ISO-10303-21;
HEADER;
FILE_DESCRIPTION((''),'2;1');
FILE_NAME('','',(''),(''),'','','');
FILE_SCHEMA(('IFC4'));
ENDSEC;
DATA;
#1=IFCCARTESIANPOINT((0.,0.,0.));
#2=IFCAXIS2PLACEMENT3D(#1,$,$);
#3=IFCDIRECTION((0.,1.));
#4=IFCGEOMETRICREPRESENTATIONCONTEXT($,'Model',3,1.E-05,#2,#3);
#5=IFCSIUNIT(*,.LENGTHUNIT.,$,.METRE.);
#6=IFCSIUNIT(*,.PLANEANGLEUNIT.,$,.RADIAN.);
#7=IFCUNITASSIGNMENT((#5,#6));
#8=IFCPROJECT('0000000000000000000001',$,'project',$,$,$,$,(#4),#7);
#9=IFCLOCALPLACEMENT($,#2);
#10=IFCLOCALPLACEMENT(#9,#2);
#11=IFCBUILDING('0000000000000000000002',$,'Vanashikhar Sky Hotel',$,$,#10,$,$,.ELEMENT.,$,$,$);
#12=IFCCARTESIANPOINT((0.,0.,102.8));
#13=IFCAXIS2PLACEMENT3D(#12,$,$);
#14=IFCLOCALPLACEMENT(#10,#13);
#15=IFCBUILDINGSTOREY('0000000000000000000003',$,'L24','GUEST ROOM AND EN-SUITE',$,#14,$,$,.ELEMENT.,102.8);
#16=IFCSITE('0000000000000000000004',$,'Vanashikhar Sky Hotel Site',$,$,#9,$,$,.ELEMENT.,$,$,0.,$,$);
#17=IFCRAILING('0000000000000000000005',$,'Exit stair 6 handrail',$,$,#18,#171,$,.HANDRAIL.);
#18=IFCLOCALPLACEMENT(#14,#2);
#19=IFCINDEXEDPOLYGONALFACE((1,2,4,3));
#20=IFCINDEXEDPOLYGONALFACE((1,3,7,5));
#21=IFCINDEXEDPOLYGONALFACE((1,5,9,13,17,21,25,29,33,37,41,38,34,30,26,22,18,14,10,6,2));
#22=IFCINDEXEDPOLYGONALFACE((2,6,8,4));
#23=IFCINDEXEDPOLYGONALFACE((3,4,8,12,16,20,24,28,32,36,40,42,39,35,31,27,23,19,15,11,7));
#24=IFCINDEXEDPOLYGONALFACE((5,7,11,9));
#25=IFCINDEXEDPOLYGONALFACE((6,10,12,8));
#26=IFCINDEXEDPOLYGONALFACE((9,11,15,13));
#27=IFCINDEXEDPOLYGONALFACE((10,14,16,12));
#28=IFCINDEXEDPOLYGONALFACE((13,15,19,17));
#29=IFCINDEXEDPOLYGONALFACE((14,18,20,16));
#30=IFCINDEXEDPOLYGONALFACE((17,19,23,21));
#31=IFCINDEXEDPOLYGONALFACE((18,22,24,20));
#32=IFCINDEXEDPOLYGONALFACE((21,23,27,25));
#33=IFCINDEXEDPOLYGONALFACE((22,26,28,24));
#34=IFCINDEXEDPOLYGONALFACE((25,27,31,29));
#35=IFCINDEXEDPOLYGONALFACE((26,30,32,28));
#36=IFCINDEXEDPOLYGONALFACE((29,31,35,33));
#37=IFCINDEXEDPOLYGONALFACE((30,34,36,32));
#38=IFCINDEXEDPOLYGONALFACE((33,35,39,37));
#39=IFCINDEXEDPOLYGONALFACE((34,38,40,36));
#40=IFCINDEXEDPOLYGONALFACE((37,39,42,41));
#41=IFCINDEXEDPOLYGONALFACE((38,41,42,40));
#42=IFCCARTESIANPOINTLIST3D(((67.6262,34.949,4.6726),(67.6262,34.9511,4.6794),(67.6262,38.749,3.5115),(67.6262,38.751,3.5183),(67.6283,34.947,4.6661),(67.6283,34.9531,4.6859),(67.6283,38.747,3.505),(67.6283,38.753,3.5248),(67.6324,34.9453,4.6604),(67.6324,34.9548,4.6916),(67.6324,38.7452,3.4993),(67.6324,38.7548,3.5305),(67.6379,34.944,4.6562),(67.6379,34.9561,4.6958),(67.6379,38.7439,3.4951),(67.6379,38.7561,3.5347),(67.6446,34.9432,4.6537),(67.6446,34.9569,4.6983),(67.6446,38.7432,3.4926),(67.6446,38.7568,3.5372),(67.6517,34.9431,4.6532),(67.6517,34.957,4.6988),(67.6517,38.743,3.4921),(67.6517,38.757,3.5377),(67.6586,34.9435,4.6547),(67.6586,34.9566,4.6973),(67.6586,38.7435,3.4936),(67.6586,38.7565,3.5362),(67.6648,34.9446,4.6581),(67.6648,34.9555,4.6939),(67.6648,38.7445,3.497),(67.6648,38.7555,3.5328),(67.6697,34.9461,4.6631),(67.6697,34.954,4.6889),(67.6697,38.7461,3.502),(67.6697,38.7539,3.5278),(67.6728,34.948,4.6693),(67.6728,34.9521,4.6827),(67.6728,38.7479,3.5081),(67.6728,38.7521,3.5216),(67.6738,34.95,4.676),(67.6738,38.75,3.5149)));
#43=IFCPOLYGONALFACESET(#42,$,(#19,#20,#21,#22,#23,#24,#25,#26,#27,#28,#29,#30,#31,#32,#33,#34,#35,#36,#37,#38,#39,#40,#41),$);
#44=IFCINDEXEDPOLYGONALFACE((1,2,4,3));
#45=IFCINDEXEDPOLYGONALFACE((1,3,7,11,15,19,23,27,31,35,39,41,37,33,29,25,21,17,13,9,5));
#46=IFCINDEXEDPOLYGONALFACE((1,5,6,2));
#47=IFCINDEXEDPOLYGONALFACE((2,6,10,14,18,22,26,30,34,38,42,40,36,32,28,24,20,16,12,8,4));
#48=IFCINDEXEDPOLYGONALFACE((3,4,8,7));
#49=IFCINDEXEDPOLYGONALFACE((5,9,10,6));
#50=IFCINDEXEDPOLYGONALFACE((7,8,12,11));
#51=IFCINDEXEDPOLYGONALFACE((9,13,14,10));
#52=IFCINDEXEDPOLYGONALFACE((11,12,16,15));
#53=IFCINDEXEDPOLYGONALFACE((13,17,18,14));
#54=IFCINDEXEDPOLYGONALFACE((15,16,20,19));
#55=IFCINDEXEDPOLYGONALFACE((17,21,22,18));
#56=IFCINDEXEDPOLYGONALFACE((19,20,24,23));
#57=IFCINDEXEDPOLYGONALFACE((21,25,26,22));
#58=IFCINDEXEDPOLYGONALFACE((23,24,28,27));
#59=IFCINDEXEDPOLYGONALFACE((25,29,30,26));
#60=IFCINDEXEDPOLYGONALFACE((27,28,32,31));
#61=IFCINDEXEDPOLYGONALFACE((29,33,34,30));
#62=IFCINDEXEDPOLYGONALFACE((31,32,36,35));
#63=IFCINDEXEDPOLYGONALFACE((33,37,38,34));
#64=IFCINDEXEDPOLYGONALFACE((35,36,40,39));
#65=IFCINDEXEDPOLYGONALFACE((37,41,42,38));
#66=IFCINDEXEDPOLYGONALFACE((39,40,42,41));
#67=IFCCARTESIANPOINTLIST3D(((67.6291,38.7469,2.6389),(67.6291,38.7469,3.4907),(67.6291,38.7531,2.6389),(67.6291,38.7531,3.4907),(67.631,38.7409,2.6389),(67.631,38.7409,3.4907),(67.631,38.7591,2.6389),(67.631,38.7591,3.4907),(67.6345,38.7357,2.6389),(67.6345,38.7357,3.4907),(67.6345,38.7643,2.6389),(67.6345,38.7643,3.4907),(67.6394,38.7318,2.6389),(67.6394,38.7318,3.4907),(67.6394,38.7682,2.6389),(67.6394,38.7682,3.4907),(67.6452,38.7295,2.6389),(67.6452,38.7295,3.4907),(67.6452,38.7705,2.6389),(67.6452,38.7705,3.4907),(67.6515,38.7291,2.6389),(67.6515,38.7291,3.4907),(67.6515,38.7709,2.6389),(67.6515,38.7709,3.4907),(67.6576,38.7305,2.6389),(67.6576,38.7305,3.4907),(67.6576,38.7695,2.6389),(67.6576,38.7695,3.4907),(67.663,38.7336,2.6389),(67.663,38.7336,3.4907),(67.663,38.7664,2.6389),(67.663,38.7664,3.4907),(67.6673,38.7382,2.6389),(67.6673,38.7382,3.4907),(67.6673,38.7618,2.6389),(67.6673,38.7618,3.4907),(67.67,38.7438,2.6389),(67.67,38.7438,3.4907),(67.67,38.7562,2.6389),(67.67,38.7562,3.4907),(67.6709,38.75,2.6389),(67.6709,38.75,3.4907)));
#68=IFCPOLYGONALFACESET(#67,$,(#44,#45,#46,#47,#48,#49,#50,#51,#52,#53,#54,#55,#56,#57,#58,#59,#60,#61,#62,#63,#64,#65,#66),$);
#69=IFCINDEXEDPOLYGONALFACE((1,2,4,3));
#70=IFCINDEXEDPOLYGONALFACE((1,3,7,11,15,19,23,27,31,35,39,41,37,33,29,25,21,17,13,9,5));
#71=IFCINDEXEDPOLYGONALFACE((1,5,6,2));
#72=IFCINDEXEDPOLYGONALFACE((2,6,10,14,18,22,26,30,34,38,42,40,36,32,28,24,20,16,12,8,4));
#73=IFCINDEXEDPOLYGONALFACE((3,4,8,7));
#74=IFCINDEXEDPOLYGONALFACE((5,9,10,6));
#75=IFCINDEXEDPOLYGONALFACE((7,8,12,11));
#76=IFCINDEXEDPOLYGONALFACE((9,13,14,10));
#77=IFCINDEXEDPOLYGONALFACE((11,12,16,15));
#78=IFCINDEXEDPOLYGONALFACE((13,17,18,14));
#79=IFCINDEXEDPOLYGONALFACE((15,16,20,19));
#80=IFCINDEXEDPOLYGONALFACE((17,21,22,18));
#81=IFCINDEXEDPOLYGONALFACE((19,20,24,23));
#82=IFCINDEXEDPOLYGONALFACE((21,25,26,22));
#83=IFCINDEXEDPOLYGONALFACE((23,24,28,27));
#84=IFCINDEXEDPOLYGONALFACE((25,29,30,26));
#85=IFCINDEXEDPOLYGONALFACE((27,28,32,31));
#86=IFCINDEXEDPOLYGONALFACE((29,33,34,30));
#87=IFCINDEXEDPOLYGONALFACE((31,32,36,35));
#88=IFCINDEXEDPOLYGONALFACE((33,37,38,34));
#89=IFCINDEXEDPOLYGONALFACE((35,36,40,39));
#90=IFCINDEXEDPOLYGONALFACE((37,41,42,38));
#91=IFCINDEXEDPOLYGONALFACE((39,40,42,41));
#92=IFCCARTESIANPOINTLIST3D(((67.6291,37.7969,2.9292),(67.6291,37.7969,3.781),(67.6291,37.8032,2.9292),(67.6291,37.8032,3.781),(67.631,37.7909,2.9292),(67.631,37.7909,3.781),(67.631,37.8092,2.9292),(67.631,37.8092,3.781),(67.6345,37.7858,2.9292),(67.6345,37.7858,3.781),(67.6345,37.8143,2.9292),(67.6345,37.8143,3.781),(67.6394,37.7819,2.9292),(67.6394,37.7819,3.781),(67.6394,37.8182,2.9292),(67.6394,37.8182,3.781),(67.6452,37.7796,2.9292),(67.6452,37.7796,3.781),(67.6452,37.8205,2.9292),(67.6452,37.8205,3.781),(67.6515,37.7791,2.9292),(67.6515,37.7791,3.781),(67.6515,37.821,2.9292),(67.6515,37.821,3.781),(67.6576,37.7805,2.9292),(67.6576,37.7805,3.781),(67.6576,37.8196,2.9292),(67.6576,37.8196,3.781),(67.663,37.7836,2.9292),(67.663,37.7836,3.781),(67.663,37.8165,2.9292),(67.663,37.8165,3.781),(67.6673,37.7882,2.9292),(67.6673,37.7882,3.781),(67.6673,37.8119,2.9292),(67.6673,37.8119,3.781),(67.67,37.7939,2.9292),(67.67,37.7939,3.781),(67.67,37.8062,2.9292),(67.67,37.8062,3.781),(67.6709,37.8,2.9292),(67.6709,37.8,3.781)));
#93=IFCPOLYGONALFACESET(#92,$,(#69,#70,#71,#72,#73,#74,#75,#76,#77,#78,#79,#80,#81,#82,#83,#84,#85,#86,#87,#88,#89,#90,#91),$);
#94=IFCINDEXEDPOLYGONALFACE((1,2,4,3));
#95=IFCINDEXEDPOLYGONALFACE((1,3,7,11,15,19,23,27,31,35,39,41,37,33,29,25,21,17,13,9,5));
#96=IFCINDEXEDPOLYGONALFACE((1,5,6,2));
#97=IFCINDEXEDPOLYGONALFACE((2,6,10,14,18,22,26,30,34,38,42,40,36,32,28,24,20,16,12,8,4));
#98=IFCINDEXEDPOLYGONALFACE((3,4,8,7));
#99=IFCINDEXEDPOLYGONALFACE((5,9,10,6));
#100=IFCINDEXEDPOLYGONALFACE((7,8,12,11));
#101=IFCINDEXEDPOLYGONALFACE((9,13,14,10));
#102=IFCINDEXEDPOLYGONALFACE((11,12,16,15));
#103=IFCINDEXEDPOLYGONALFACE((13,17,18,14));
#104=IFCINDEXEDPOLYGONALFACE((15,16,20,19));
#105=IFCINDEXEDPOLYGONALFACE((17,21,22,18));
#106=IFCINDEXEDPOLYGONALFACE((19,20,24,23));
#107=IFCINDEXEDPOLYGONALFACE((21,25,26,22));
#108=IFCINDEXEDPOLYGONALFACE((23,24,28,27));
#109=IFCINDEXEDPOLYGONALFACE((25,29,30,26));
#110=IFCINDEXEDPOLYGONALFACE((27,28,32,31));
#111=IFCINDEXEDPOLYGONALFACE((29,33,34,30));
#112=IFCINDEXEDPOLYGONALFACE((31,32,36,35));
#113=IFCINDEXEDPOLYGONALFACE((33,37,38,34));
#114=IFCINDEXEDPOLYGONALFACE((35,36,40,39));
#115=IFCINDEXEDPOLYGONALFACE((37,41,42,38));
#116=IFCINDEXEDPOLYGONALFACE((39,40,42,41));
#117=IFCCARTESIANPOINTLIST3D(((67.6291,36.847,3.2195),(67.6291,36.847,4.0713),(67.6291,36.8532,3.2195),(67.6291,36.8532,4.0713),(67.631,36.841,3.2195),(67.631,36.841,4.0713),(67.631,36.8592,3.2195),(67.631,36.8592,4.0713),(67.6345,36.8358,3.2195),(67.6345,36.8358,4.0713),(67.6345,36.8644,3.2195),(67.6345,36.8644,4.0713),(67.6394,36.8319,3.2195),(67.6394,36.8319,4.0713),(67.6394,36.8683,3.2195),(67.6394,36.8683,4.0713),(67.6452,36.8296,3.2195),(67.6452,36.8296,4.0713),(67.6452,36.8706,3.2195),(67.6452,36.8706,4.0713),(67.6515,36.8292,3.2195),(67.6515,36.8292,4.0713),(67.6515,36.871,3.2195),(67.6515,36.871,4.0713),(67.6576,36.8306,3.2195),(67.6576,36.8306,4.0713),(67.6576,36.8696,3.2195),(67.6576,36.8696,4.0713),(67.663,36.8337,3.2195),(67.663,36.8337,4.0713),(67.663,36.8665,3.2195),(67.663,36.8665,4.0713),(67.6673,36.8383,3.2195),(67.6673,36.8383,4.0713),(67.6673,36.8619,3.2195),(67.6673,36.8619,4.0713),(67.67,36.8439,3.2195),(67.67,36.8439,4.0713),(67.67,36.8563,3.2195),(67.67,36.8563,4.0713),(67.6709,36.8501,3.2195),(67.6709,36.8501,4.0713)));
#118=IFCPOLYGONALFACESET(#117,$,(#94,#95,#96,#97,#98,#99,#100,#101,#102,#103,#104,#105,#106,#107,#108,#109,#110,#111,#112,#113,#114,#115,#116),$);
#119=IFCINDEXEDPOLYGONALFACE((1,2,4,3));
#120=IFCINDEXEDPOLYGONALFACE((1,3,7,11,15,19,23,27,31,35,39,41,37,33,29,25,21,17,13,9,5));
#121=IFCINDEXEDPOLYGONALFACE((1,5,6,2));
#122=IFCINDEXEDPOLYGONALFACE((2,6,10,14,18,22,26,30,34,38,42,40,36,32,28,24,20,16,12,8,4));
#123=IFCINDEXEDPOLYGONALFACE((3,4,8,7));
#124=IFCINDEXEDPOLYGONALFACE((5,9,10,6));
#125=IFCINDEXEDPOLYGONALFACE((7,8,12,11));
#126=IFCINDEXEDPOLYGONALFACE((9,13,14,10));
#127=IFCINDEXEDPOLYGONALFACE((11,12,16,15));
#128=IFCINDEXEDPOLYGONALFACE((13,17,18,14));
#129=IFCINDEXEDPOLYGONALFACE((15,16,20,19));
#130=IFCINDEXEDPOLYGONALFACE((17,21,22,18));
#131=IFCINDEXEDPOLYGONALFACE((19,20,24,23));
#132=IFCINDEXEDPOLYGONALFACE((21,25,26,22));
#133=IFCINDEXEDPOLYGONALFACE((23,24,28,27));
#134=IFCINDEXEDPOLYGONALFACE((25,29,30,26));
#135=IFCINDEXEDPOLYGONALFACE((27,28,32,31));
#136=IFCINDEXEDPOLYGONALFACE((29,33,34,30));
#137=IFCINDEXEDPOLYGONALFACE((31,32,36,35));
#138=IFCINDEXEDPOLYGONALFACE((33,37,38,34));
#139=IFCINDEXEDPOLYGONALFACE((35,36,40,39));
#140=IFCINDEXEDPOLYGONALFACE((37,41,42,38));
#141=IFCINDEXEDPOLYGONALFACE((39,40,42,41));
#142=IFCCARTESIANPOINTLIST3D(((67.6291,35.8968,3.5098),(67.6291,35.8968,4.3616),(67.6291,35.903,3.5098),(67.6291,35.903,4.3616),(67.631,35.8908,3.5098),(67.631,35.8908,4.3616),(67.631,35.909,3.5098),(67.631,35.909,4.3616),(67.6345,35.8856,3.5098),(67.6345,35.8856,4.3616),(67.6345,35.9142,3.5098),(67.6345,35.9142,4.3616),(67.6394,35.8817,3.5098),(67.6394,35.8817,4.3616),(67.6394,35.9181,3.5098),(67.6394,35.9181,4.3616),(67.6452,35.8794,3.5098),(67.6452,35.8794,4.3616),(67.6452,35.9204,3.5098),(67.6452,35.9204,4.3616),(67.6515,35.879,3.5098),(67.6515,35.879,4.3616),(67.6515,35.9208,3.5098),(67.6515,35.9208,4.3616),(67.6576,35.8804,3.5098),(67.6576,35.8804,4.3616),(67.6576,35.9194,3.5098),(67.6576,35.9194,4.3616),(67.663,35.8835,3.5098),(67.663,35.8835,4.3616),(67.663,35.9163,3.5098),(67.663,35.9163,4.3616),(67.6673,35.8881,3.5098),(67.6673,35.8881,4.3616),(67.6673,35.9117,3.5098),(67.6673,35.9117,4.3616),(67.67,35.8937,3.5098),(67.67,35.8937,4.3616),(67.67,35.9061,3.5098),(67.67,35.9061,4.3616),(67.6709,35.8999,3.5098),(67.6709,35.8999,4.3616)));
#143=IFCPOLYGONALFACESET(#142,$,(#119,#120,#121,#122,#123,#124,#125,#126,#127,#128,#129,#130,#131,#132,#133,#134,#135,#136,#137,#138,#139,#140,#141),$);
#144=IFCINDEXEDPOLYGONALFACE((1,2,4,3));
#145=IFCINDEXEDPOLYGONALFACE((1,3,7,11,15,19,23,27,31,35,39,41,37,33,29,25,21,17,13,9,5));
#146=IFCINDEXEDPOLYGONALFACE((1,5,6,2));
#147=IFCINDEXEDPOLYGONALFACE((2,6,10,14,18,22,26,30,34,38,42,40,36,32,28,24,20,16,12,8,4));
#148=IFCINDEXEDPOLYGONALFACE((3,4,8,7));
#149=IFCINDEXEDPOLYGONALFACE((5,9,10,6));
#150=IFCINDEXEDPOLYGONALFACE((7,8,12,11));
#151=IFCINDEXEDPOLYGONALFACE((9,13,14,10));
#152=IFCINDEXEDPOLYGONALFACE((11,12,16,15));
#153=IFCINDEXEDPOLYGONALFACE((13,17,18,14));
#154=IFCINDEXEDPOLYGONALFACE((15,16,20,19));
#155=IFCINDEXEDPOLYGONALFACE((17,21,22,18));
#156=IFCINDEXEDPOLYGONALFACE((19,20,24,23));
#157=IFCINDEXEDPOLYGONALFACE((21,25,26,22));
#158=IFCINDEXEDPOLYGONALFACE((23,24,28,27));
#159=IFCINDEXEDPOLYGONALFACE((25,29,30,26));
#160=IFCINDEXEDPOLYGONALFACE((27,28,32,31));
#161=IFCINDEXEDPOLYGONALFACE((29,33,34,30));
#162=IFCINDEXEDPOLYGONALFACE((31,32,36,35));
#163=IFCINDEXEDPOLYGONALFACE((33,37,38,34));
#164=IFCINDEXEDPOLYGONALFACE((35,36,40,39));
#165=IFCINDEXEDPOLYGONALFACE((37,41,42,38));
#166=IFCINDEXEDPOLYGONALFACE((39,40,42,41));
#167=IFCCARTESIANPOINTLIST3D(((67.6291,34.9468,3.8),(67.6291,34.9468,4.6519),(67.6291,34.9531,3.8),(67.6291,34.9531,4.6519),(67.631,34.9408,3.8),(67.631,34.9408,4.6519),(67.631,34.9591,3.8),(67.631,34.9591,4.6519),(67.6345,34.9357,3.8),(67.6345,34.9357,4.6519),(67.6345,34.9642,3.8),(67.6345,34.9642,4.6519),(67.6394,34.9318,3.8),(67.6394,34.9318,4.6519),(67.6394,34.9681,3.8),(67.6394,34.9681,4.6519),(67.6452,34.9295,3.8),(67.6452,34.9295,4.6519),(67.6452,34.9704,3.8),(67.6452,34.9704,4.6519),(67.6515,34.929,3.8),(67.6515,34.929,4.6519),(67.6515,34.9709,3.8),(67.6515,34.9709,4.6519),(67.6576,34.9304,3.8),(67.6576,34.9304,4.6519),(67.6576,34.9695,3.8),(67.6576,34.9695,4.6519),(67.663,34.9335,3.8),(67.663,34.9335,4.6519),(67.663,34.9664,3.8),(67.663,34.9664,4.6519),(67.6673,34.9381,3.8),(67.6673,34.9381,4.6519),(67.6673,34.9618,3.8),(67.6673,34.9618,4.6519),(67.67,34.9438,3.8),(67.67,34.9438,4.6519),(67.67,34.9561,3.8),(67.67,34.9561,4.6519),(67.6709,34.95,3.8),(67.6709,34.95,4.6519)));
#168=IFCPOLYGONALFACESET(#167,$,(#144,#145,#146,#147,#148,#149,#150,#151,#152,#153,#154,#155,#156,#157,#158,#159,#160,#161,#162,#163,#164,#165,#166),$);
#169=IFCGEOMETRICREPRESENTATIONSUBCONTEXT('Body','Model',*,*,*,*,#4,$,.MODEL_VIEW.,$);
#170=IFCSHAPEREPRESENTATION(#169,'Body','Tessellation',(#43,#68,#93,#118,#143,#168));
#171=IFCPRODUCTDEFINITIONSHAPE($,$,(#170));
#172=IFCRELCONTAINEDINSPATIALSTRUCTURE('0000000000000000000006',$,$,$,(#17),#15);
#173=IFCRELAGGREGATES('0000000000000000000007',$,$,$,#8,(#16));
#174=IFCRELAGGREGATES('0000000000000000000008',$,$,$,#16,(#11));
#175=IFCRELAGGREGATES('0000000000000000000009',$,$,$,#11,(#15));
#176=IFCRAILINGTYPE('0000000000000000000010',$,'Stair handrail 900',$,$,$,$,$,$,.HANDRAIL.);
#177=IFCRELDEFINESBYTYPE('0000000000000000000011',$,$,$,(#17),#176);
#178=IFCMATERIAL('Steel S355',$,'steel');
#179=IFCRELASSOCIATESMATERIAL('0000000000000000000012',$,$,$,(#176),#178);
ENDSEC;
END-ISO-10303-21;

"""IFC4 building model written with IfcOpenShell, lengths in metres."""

from ifc_helpers import new_model, si_unit, direction, frame, origin, origin_2d, place, context, subcontext, project, spatial, circle, extrude, source, transform, mapped, material, type_object, element, save


model = new_model("IFC4")

# Units and contexts
model_context = context("Model", 3, precision=1e-05, world=origin(), true_north=direction((0.0, 1.0)))
body_context = subcontext(model_context, "Body", "Model", "MODEL_VIEW")
ifc_project = project(units=[si_unit("LENGTHUNIT", "METRE"), si_unit("PLANEANGLEUNIT", "RADIAN")], contexts=[model_context])

# Site, building, storey
site_placement = place(None, origin())
site = spatial("IfcSite", under=ifc_project, at=site_placement, Name="Vanashikhar Sky Hotel Site", CompositionType="ELEMENT", RefElevation=0.0)
building_placement = place(site_placement, origin())
building = spatial("IfcBuilding", under=site, at=building_placement, Name="Vanashikhar Sky Hotel", CompositionType="ELEMENT")
storey_placement = place(building_placement, frame((0.0, 0.0, 102.8)))
storey = spatial("IfcBuildingStorey", under=building, at=storey_placement, Name="L24", Description="GUEST ROOM AND EN-SUITE", CompositionType="ELEMENT", Elevation=102.8)

# Railing
ifc_material_1 = material(Name="Steel S355", Category="steel")
railing_type_1 = type_object("IfcRailingType", Name="Stair handrail 900", PredefinedType="HANDRAIL", material=ifc_material_1)
shared_shape_1 = source(origin(), body_context, "Body", "SweptSolid", [
    extrude(circle(Radius=0.0239, at=origin_2d()), frame((0.0, 0.0, 0.876), z_axis=(0.0, -0.956351, 0.29222), x_axis=(1.0, 0.0, 0.0)), (0.0, 0.0, 1.0), 3.9734),
    extrude(circle(Radius=0.021, at=origin_2d()), origin(), (0.0, 0.0, 1.0), 0.8518),
    extrude(circle(Radius=0.021, at=origin_2d()), frame((0.0, -0.95, 0.2903)), (0.0, 0.0, 1.0), 0.8518),
    extrude(circle(Radius=0.021, at=origin_2d()), frame((0.0, -1.8999, 0.5806)), (0.0, 0.0, 1.0), 0.8518),
    extrude(circle(Radius=0.021, at=origin_2d()), frame((0.0, -2.8501, 0.8708)), (0.0, 0.0, 1.0), 0.8518),
    extrude(circle(Radius=0.021, at=origin_2d()), frame((0.0, -3.8, 1.1611)), (0.0, 0.0, 1.0), 0.8518),
])
for number, where, name in (
    (1, (67.6499, 38.75, 2.6389), "Exit stair 6 handrail"),
):
    element("IfcRailing", number, at=place(storey_placement, frame(where)), inside=storey, type_object=railing_type_1, Name=name, PredefinedType="HANDRAIL", context=body_context, shape_type="MappedRepresentation", body=[
        mapped(shared_shape_1, transform((0.0, 0.0, 0.0), scale=1.0)),
    ])

save(model, "model.ifc")
